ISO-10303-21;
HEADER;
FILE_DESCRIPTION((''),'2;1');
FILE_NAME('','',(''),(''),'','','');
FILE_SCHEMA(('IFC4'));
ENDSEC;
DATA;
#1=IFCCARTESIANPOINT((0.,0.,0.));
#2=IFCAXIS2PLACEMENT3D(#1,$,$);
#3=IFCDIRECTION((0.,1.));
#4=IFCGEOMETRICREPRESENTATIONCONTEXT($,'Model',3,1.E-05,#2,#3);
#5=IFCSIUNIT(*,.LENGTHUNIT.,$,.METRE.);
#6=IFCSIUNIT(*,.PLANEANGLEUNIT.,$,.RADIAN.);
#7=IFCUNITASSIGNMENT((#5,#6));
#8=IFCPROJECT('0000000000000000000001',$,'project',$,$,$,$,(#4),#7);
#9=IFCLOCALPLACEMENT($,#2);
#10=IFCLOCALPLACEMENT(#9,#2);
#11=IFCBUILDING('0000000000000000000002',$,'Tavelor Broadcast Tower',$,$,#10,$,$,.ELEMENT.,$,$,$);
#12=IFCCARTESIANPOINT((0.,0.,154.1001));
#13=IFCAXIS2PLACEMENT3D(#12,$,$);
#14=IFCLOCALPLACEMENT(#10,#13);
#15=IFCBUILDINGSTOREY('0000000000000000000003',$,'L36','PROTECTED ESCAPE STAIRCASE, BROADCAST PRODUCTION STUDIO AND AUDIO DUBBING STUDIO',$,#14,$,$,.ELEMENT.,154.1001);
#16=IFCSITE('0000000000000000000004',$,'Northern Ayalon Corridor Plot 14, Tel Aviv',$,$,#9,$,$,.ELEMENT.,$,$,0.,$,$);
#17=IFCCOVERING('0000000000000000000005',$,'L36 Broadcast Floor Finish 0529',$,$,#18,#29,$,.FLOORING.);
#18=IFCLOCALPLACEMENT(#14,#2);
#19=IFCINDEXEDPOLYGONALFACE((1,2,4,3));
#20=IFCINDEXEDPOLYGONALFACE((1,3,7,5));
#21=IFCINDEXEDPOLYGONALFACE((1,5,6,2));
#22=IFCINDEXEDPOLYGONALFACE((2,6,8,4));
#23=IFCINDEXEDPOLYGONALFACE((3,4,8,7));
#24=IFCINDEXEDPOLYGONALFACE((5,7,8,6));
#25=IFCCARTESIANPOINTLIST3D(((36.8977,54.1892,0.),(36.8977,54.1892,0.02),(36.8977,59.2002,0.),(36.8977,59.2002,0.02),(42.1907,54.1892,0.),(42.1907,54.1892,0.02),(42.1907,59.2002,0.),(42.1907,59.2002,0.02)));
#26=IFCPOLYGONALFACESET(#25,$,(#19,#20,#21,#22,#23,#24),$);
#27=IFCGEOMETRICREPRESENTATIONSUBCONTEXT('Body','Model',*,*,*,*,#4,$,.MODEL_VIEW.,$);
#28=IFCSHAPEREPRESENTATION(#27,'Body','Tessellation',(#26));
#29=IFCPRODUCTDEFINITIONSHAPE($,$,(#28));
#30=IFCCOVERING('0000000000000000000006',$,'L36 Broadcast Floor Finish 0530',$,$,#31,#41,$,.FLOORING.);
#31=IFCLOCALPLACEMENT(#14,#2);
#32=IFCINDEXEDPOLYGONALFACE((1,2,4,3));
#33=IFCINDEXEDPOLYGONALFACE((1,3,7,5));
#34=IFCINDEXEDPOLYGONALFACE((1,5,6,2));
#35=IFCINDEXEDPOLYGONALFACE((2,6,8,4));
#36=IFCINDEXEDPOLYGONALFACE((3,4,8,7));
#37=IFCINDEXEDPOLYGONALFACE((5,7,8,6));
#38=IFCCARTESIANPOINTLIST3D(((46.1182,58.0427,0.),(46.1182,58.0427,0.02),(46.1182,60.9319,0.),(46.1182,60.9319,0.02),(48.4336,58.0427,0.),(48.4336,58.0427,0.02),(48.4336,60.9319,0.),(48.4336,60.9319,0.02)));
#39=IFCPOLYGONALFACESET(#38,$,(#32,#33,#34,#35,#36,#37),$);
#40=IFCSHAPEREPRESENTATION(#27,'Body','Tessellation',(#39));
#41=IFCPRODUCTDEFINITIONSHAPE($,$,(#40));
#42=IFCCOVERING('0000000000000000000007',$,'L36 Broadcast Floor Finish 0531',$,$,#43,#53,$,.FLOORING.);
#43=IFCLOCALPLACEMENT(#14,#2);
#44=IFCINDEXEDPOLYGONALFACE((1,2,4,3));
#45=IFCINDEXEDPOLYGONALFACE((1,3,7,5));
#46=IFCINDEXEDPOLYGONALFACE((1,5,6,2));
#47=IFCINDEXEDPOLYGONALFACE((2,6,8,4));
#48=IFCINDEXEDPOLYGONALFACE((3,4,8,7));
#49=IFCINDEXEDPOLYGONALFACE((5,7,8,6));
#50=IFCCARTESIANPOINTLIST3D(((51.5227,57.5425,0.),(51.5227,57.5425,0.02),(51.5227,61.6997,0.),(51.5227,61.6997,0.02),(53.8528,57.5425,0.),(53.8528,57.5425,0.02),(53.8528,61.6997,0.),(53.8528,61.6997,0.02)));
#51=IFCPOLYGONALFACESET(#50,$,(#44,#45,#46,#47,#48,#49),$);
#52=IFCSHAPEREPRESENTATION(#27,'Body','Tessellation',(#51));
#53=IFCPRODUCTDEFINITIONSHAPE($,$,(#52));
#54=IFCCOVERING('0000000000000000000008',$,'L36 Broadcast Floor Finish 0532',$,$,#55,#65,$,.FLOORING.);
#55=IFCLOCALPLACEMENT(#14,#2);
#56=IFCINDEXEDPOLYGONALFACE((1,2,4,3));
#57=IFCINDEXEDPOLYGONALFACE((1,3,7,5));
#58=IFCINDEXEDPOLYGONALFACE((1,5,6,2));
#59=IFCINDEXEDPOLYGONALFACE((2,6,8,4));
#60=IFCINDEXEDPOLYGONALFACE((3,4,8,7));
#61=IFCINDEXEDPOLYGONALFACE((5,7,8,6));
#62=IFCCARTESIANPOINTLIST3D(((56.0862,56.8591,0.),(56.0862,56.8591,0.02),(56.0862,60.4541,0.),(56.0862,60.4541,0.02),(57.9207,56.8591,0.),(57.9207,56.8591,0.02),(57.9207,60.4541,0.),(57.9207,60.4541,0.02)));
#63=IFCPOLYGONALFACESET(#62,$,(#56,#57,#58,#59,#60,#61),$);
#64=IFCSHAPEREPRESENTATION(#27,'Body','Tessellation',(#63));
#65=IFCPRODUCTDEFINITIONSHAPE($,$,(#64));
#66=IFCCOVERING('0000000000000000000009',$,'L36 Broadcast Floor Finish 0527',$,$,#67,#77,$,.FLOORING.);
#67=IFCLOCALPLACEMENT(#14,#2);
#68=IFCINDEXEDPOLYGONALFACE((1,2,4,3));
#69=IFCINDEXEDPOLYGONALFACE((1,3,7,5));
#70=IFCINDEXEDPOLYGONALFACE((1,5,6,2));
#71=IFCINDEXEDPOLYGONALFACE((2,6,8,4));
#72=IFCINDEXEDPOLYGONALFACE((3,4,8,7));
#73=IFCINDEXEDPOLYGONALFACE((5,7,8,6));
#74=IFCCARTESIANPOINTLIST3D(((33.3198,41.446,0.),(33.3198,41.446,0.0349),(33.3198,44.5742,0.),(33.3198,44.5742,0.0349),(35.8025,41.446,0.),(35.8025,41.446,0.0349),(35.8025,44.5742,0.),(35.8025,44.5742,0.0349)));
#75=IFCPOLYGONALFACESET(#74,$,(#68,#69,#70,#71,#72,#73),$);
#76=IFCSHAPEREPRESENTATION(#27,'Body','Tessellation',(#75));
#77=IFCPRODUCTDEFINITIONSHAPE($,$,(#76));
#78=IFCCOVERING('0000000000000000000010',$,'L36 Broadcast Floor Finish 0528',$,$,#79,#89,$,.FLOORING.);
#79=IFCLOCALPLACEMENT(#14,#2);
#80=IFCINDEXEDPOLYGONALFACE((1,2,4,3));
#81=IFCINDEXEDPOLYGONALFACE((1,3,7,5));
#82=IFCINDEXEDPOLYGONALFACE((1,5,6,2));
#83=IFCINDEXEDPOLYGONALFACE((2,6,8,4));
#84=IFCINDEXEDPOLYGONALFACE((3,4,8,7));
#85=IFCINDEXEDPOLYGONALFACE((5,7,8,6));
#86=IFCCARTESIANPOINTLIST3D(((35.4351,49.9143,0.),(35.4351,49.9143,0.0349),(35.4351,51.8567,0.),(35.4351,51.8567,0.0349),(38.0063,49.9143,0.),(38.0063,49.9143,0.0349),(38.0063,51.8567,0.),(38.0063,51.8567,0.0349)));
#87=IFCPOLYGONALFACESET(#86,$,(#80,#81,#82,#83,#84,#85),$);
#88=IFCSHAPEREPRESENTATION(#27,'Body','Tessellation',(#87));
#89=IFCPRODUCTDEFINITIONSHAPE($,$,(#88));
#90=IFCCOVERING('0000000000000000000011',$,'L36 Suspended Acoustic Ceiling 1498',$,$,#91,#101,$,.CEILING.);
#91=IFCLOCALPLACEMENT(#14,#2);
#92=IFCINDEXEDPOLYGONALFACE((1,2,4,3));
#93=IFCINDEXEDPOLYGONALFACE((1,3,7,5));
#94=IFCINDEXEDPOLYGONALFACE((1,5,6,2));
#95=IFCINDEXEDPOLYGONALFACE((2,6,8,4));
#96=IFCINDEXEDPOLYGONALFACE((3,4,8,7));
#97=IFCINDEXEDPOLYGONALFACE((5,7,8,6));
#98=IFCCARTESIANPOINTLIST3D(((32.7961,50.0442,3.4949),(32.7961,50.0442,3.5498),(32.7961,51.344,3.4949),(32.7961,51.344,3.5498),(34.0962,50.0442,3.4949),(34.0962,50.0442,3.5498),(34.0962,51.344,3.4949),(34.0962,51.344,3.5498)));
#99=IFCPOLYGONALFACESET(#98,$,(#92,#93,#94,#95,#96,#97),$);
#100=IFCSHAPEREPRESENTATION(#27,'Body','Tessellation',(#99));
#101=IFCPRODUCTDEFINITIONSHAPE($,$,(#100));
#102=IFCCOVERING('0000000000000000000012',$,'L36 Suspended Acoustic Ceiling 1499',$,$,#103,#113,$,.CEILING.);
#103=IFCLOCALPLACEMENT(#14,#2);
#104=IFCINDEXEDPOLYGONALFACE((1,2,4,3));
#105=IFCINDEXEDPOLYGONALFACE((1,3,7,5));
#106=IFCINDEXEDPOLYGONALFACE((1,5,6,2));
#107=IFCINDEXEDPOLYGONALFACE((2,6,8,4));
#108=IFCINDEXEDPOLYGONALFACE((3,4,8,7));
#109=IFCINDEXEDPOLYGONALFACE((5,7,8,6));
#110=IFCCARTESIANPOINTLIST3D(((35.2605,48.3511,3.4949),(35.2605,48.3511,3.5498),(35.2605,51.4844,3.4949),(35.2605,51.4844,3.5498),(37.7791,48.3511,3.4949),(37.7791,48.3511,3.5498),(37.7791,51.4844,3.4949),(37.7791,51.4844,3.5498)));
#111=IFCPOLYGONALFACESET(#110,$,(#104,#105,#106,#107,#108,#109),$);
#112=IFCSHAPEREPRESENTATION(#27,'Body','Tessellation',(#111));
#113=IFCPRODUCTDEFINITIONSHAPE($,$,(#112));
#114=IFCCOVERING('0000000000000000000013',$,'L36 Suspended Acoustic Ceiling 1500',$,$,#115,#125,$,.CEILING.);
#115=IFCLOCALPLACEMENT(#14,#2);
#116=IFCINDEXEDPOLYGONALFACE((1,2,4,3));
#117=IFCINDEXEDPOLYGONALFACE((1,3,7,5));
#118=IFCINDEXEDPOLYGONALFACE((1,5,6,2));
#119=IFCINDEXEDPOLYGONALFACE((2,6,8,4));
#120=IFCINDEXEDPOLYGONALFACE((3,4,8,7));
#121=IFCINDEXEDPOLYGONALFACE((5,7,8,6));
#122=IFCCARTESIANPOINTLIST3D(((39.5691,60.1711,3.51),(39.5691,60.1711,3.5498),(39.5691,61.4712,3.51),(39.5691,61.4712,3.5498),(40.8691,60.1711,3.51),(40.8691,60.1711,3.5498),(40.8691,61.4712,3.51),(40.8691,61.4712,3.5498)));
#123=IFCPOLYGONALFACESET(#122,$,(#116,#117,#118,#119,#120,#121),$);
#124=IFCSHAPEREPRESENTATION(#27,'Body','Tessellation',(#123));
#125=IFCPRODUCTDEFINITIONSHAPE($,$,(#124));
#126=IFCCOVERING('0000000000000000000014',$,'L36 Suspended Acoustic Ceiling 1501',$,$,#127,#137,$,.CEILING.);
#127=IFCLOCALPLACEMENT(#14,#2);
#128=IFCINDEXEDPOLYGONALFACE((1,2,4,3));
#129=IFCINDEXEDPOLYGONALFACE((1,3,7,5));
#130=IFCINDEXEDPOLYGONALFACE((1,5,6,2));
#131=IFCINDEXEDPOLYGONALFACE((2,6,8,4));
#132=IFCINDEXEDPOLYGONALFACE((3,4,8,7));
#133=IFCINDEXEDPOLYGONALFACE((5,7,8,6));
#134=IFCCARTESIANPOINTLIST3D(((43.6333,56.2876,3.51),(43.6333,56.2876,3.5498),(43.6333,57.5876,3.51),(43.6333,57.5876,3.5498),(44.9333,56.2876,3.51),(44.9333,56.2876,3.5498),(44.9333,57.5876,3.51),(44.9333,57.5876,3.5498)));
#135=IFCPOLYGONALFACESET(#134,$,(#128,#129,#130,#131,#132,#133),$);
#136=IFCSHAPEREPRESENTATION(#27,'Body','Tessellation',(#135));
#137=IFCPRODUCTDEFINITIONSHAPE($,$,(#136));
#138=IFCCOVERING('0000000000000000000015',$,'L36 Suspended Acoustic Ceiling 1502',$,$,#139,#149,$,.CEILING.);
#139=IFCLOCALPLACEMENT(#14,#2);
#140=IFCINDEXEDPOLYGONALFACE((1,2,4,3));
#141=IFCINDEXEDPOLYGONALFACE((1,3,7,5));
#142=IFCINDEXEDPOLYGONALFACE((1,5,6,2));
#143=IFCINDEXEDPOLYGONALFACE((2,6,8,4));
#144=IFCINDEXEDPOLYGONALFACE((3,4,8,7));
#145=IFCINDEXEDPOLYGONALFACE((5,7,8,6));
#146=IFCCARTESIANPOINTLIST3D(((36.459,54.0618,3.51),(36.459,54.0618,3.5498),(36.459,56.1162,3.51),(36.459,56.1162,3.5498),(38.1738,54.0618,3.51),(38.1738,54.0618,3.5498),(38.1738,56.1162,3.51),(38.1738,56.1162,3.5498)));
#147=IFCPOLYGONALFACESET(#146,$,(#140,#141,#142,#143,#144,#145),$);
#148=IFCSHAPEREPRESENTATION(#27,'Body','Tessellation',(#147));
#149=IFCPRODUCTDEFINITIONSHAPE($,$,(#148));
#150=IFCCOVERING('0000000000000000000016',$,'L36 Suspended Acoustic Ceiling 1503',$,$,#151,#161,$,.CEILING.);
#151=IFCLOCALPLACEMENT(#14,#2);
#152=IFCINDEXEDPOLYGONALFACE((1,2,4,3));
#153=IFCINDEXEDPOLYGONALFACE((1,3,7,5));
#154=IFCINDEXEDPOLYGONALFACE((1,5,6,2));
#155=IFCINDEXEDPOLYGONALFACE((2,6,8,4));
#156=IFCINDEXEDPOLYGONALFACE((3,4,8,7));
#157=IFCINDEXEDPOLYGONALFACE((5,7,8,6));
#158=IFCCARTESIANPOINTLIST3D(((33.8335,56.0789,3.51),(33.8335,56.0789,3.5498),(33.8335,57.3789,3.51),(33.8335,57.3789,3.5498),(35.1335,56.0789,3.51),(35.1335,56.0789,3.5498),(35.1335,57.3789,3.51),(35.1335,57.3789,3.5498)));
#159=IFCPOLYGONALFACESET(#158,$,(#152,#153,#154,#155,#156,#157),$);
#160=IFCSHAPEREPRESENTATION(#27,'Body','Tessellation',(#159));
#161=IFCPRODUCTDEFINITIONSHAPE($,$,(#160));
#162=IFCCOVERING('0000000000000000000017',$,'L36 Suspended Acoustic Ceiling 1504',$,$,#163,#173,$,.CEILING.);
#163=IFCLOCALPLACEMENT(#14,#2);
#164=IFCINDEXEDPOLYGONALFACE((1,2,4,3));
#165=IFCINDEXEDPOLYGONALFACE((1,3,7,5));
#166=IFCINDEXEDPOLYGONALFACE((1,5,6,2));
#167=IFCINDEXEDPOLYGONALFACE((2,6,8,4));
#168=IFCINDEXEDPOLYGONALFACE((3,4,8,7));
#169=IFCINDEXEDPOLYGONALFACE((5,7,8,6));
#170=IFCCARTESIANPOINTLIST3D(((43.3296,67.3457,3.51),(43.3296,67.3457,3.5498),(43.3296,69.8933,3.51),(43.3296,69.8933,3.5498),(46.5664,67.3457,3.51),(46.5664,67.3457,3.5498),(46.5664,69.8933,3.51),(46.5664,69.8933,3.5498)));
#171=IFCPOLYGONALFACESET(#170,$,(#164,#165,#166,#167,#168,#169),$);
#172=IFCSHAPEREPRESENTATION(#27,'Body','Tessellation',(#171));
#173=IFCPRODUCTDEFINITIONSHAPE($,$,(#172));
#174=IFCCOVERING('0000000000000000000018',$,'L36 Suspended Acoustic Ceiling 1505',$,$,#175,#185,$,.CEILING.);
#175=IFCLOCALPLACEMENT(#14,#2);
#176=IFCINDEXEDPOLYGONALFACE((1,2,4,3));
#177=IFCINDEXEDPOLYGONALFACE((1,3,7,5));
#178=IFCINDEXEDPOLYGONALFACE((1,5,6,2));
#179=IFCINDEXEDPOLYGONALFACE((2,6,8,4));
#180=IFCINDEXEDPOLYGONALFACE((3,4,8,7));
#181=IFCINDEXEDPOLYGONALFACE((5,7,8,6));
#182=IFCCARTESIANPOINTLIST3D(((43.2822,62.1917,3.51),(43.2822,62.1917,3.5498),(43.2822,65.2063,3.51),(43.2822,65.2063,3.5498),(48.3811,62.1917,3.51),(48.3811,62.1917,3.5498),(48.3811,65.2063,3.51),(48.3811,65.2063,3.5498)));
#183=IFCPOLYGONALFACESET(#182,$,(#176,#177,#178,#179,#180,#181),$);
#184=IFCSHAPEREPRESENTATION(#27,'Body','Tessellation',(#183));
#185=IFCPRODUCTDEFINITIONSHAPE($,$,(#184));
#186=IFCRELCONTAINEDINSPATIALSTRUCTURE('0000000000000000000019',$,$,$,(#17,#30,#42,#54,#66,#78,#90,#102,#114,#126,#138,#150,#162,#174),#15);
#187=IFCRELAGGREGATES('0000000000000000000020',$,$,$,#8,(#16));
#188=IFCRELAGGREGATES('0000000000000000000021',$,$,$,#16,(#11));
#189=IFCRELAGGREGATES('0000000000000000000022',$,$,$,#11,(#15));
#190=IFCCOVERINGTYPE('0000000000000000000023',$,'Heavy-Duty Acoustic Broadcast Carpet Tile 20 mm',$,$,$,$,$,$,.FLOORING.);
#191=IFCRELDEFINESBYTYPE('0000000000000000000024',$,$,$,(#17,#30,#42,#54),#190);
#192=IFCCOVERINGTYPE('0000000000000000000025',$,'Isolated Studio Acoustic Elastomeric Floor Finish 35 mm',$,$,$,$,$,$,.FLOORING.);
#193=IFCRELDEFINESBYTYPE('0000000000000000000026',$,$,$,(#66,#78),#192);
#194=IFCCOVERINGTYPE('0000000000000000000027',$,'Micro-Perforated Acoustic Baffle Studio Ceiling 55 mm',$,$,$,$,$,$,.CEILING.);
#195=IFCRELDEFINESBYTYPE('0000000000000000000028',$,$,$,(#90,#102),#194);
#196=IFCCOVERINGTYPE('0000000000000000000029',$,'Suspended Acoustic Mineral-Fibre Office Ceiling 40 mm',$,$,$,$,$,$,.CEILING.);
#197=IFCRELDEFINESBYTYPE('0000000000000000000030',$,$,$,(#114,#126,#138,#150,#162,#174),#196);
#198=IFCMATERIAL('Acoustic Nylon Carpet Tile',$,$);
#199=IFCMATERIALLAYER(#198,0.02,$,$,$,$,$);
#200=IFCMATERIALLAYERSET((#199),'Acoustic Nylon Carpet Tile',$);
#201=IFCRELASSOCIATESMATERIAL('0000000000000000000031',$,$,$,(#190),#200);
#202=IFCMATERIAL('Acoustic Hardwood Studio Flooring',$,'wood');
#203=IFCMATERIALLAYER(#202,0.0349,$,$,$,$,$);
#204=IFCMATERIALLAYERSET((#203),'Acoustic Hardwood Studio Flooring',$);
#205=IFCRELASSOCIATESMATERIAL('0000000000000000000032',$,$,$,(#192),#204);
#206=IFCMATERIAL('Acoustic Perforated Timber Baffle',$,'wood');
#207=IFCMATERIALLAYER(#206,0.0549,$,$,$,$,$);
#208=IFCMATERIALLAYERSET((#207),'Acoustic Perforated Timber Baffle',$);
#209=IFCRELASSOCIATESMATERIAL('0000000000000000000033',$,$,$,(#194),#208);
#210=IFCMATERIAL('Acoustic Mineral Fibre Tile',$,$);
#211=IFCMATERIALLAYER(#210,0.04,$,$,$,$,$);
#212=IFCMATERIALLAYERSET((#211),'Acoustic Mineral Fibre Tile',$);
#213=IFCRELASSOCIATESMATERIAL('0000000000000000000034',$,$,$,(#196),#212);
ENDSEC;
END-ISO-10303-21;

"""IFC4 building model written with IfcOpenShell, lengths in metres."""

from ifc_helpers import new_model, si_unit, direction, frame, origin, place, context, subcontext, project, spatial, polyline, outline, extrude, material, layer, layer_set, type_object, element, save


model = new_model("IFC4")

# Units and contexts
model_context = context("Model", 3, precision=1e-05, world=origin(), true_north=direction((0.0, 1.0)))
body_context = subcontext(model_context, "Body", "Model", "MODEL_VIEW")
ifc_project = project(units=[si_unit("LENGTHUNIT", "METRE"), si_unit("PLANEANGLEUNIT", "RADIAN")], contexts=[model_context])

# Site, building, storey
site_placement = place(None, origin())
site = spatial("IfcSite", under=ifc_project, at=site_placement, Name="Northern Ayalon Corridor Plot 14, Tel Aviv", CompositionType="ELEMENT", RefElevation=0.0)
building_placement = place(site_placement, origin())
building = spatial("IfcBuilding", under=site, at=building_placement, Name="Tavelor Broadcast Tower", CompositionType="ELEMENT")
storey_placement = place(building_placement, frame((0.0, 0.0, 154.1001)))
storey = spatial("IfcBuildingStorey", under=building, at=storey_placement, Name="L36", Description="PROTECTED ESCAPE STAIRCASE, BROADCAST PRODUCTION STUDIO AND AUDIO DUBBING STUDIO", CompositionType="ELEMENT", Elevation=154.1001)

# Coverings
ifc_material_1 = material(Name="Acoustic Nylon Carpet Tile")
ifc_layer_1 = layer(ifc_material_1, 0.02)
ifc_layer_set_1 = layer_set([ifc_layer_1], Name="Acoustic Nylon Carpet Tile")
covering_type_1 = type_object("IfcCoveringType", Name="Heavy-Duty Acoustic Broadcast Carpet Tile 20 mm", PredefinedType="FLOORING", material=ifc_layer_set_1)
covering_1_placement = place(storey_placement, origin())
element("IfcCovering", 1, at=covering_1_placement, inside=storey, type_object=covering_type_1, Name="L36 Broadcast Floor Finish 0529", PredefinedType="FLOORING", context=body_context, shape_type="SweptSolid", body=[
    extrude(outline(polyline([(36.8977, 54.1892), (42.1907, 54.1892), (42.1907, 59.2002), (36.8977, 59.2002), (36.8977, 54.1892)])), origin(), (0.0, 0.0, 1.0), 0.02),
])
covering_2_placement = place(storey_placement, origin())
element("IfcCovering", 2, at=covering_2_placement, inside=storey, type_object=covering_type_1, Name="L36 Broadcast Floor Finish 0530", PredefinedType="FLOORING", context=body_context, shape_type="SweptSolid", body=[
    extrude(outline(polyline([(46.1182, 58.0427), (48.4336, 58.0427), (48.4336, 60.9319), (46.1182, 60.9319), (46.1182, 58.0427)])), origin(), (0.0, 0.0, 1.0), 0.02),
])
covering_3_placement = place(storey_placement, origin())
element("IfcCovering", 3, at=covering_3_placement, inside=storey, type_object=covering_type_1, Name="L36 Broadcast Floor Finish 0531", PredefinedType="FLOORING", context=body_context, shape_type="SweptSolid", body=[
    extrude(outline(polyline([(51.5227, 57.5425), (53.8528, 57.5425), (53.8528, 61.6997), (51.5227, 61.6997), (51.5227, 57.5425)])), origin(), (0.0, 0.0, 1.0), 0.02),
])
covering_4_placement = place(storey_placement, origin())
element("IfcCovering", 4, at=covering_4_placement, inside=storey, type_object=covering_type_1, Name="L36 Broadcast Floor Finish 0532", PredefinedType="FLOORING", context=body_context, shape_type="SweptSolid", body=[
    extrude(outline(polyline([(56.0862, 56.8591), (57.9207, 56.8591), (57.9207, 60.4541), (56.0862, 60.4541), (56.0862, 56.8591)])), origin(), (0.0, 0.0, 1.0), 0.02),
])
ifc_material_2 = material(Name="Acoustic Hardwood Studio Flooring", Category="wood")
ifc_layer_2 = layer(ifc_material_2, 0.0349)
ifc_layer_set_2 = layer_set([ifc_layer_2], Name="Acoustic Hardwood Studio Flooring")
covering_type_2 = type_object("IfcCoveringType", Name="Isolated Studio Acoustic Elastomeric Floor Finish 35 mm", PredefinedType="FLOORING", material=ifc_layer_set_2)
covering_5_placement = place(storey_placement, origin())
element("IfcCovering", 5, at=covering_5_placement, inside=storey, type_object=covering_type_2, Name="L36 Broadcast Floor Finish 0527", PredefinedType="FLOORING", context=body_context, shape_type="SweptSolid", body=[
    extrude(outline(polyline([(33.3198, 41.446), (35.8025, 41.446), (35.8025, 44.5742), (33.3198, 44.5742), (33.3198, 41.446)])), origin(), (0.0, 0.0, 1.0), 0.0349),
])
covering_6_placement = place(storey_placement, origin())
element("IfcCovering", 6, at=covering_6_placement, inside=storey, type_object=covering_type_2, Name="L36 Broadcast Floor Finish 0528", PredefinedType="FLOORING", context=body_context, shape_type="SweptSolid", body=[
    extrude(outline(polyline([(35.4351, 49.9143), (38.0063, 49.9143), (38.0063, 51.8567), (35.4351, 51.8567), (35.4351, 49.9143)])), origin(), (0.0, 0.0, 1.0), 0.0349),
])
ifc_material_3 = material(Name="Acoustic Perforated Timber Baffle", Category="wood")
ifc_layer_3 = layer(ifc_material_3, 0.0549)
ifc_layer_set_3 = layer_set([ifc_layer_3], Name="Acoustic Perforated Timber Baffle")
covering_type_3 = type_object("IfcCoveringType", Name="Micro-Perforated Acoustic Baffle Studio Ceiling 55 mm", PredefinedType="CEILING", material=ifc_layer_set_3)
covering_7_placement = place(storey_placement, frame((0.0, 0.0, 3.4949)))
element("IfcCovering", 7, at=covering_7_placement, inside=storey, type_object=covering_type_3, Name="L36 Suspended Acoustic Ceiling 1498", PredefinedType="CEILING", context=body_context, shape_type="SweptSolid", body=[
    extrude(outline(polyline([(32.7961, 50.0442), (34.0962, 50.0442), (34.0962, 51.344), (32.7961, 51.344), (32.7961, 50.0442)])), origin(), (0.0, 0.0, 1.0), 0.0549),
])
covering_8_placement = place(storey_placement, frame((0.0, 0.0, 3.4949)))
element("IfcCovering", 8, at=covering_8_placement, inside=storey, type_object=covering_type_3, Name="L36 Suspended Acoustic Ceiling 1499", PredefinedType="CEILING", context=body_context, shape_type="SweptSolid", body=[
    extrude(outline(polyline([(35.2605, 48.3511), (37.7791, 48.3511), (37.7791, 51.4844), (35.2605, 51.4844), (35.2605, 48.3511)])), origin(), (0.0, 0.0, 1.0), 0.0549),
])
ifc_material_4 = material(Name="Acoustic Mineral Fibre Tile")
ifc_layer_4 = layer(ifc_material_4, 0.04)
ifc_layer_set_4 = layer_set([ifc_layer_4], Name="Acoustic Mineral Fibre Tile")
covering_type_4 = type_object("IfcCoveringType", Name="Suspended Acoustic Mineral-Fibre Office Ceiling 40 mm", PredefinedType="CEILING", material=ifc_layer_set_4)
covering_9_placement = place(storey_placement, frame((0.0, 0.0, 3.51)))
element("IfcCovering", 9, at=covering_9_placement, inside=storey, type_object=covering_type_4, Name="L36 Suspended Acoustic Ceiling 1500", PredefinedType="CEILING", context=body_context, shape_type="SweptSolid", body=[
    extrude(outline(polyline([(39.5691, 60.1711), (40.8691, 60.1711), (40.8691, 61.4712), (39.5691, 61.4712), (39.5691, 60.1711)])), origin(), (0.0, 0.0, 1.0), 0.0398),
])
covering_10_placement = place(storey_placement, frame((0.0, 0.0, 3.51)))
element("IfcCovering", 10, at=covering_10_placement, inside=storey, type_object=covering_type_4, Name="L36 Suspended Acoustic Ceiling 1501", PredefinedType="CEILING", context=body_context, shape_type="SweptSolid", body=[
    extrude(outline(polyline([(43.6333, 56.2876), (44.9333, 56.2876), (44.9333, 57.5876), (43.6333, 57.5876), (43.6333, 56.2876)])), origin(), (0.0, 0.0, 1.0), 0.0398),
])
covering_11_placement = place(storey_placement, frame((0.0, 0.0, 3.51)))
element("IfcCovering", 11, at=covering_11_placement, inside=storey, type_object=covering_type_4, Name="L36 Suspended Acoustic Ceiling 1502", PredefinedType="CEILING", context=body_context, shape_type="SweptSolid", body=[
    extrude(outline(polyline([(36.459, 54.0618), (38.1738, 54.0618), (38.1738, 56.1162), (36.459, 56.1162), (36.459, 54.0618)])), origin(), (0.0, 0.0, 1.0), 0.0398),
])
covering_12_placement = place(storey_placement, frame((0.0, 0.0, 3.51)))
element("IfcCovering", 12, at=covering_12_placement, inside=storey, type_object=covering_type_4, Name="L36 Suspended Acoustic Ceiling 1503", PredefinedType="CEILING", context=body_context, shape_type="SweptSolid", body=[
    extrude(outline(polyline([(33.8335, 56.0789), (35.1335, 56.0789), (35.1335, 57.3789), (33.8335, 57.3789), (33.8335, 56.0789)])), origin(), (0.0, 0.0, 1.0), 0.0398),
])
covering_13_placement = place(storey_placement, frame((0.0, 0.0, 3.51)))
element("IfcCovering", 13, at=covering_13_placement, inside=storey, type_object=covering_type_4, Name="L36 Suspended Acoustic Ceiling 1504", PredefinedType="CEILING", context=body_context, shape_type="SweptSolid", body=[
    extrude(outline(polyline([(43.3296, 67.3457), (46.5664, 67.3457), (46.5664, 69.8933), (43.3296, 69.8933), (43.3296, 67.3457)])), origin(), (0.0, 0.0, 1.0), 0.0398),
])
covering_14_placement = place(storey_placement, frame((0.0, 0.0, 3.51)))
element("IfcCovering", 14, at=covering_14_placement, inside=storey, type_object=covering_type_4, Name="L36 Suspended Acoustic Ceiling 1505", PredefinedType="CEILING", context=body_context, shape_type="SweptSolid", body=[
    extrude(outline(polyline([(43.2822, 62.1917), (48.3811, 62.1917), (48.3811, 65.2063), (43.2822, 65.2063), (43.2822, 62.1917)])), origin(), (0.0, 0.0, 1.0), 0.0398),
])

save(model, "model.ifc")
